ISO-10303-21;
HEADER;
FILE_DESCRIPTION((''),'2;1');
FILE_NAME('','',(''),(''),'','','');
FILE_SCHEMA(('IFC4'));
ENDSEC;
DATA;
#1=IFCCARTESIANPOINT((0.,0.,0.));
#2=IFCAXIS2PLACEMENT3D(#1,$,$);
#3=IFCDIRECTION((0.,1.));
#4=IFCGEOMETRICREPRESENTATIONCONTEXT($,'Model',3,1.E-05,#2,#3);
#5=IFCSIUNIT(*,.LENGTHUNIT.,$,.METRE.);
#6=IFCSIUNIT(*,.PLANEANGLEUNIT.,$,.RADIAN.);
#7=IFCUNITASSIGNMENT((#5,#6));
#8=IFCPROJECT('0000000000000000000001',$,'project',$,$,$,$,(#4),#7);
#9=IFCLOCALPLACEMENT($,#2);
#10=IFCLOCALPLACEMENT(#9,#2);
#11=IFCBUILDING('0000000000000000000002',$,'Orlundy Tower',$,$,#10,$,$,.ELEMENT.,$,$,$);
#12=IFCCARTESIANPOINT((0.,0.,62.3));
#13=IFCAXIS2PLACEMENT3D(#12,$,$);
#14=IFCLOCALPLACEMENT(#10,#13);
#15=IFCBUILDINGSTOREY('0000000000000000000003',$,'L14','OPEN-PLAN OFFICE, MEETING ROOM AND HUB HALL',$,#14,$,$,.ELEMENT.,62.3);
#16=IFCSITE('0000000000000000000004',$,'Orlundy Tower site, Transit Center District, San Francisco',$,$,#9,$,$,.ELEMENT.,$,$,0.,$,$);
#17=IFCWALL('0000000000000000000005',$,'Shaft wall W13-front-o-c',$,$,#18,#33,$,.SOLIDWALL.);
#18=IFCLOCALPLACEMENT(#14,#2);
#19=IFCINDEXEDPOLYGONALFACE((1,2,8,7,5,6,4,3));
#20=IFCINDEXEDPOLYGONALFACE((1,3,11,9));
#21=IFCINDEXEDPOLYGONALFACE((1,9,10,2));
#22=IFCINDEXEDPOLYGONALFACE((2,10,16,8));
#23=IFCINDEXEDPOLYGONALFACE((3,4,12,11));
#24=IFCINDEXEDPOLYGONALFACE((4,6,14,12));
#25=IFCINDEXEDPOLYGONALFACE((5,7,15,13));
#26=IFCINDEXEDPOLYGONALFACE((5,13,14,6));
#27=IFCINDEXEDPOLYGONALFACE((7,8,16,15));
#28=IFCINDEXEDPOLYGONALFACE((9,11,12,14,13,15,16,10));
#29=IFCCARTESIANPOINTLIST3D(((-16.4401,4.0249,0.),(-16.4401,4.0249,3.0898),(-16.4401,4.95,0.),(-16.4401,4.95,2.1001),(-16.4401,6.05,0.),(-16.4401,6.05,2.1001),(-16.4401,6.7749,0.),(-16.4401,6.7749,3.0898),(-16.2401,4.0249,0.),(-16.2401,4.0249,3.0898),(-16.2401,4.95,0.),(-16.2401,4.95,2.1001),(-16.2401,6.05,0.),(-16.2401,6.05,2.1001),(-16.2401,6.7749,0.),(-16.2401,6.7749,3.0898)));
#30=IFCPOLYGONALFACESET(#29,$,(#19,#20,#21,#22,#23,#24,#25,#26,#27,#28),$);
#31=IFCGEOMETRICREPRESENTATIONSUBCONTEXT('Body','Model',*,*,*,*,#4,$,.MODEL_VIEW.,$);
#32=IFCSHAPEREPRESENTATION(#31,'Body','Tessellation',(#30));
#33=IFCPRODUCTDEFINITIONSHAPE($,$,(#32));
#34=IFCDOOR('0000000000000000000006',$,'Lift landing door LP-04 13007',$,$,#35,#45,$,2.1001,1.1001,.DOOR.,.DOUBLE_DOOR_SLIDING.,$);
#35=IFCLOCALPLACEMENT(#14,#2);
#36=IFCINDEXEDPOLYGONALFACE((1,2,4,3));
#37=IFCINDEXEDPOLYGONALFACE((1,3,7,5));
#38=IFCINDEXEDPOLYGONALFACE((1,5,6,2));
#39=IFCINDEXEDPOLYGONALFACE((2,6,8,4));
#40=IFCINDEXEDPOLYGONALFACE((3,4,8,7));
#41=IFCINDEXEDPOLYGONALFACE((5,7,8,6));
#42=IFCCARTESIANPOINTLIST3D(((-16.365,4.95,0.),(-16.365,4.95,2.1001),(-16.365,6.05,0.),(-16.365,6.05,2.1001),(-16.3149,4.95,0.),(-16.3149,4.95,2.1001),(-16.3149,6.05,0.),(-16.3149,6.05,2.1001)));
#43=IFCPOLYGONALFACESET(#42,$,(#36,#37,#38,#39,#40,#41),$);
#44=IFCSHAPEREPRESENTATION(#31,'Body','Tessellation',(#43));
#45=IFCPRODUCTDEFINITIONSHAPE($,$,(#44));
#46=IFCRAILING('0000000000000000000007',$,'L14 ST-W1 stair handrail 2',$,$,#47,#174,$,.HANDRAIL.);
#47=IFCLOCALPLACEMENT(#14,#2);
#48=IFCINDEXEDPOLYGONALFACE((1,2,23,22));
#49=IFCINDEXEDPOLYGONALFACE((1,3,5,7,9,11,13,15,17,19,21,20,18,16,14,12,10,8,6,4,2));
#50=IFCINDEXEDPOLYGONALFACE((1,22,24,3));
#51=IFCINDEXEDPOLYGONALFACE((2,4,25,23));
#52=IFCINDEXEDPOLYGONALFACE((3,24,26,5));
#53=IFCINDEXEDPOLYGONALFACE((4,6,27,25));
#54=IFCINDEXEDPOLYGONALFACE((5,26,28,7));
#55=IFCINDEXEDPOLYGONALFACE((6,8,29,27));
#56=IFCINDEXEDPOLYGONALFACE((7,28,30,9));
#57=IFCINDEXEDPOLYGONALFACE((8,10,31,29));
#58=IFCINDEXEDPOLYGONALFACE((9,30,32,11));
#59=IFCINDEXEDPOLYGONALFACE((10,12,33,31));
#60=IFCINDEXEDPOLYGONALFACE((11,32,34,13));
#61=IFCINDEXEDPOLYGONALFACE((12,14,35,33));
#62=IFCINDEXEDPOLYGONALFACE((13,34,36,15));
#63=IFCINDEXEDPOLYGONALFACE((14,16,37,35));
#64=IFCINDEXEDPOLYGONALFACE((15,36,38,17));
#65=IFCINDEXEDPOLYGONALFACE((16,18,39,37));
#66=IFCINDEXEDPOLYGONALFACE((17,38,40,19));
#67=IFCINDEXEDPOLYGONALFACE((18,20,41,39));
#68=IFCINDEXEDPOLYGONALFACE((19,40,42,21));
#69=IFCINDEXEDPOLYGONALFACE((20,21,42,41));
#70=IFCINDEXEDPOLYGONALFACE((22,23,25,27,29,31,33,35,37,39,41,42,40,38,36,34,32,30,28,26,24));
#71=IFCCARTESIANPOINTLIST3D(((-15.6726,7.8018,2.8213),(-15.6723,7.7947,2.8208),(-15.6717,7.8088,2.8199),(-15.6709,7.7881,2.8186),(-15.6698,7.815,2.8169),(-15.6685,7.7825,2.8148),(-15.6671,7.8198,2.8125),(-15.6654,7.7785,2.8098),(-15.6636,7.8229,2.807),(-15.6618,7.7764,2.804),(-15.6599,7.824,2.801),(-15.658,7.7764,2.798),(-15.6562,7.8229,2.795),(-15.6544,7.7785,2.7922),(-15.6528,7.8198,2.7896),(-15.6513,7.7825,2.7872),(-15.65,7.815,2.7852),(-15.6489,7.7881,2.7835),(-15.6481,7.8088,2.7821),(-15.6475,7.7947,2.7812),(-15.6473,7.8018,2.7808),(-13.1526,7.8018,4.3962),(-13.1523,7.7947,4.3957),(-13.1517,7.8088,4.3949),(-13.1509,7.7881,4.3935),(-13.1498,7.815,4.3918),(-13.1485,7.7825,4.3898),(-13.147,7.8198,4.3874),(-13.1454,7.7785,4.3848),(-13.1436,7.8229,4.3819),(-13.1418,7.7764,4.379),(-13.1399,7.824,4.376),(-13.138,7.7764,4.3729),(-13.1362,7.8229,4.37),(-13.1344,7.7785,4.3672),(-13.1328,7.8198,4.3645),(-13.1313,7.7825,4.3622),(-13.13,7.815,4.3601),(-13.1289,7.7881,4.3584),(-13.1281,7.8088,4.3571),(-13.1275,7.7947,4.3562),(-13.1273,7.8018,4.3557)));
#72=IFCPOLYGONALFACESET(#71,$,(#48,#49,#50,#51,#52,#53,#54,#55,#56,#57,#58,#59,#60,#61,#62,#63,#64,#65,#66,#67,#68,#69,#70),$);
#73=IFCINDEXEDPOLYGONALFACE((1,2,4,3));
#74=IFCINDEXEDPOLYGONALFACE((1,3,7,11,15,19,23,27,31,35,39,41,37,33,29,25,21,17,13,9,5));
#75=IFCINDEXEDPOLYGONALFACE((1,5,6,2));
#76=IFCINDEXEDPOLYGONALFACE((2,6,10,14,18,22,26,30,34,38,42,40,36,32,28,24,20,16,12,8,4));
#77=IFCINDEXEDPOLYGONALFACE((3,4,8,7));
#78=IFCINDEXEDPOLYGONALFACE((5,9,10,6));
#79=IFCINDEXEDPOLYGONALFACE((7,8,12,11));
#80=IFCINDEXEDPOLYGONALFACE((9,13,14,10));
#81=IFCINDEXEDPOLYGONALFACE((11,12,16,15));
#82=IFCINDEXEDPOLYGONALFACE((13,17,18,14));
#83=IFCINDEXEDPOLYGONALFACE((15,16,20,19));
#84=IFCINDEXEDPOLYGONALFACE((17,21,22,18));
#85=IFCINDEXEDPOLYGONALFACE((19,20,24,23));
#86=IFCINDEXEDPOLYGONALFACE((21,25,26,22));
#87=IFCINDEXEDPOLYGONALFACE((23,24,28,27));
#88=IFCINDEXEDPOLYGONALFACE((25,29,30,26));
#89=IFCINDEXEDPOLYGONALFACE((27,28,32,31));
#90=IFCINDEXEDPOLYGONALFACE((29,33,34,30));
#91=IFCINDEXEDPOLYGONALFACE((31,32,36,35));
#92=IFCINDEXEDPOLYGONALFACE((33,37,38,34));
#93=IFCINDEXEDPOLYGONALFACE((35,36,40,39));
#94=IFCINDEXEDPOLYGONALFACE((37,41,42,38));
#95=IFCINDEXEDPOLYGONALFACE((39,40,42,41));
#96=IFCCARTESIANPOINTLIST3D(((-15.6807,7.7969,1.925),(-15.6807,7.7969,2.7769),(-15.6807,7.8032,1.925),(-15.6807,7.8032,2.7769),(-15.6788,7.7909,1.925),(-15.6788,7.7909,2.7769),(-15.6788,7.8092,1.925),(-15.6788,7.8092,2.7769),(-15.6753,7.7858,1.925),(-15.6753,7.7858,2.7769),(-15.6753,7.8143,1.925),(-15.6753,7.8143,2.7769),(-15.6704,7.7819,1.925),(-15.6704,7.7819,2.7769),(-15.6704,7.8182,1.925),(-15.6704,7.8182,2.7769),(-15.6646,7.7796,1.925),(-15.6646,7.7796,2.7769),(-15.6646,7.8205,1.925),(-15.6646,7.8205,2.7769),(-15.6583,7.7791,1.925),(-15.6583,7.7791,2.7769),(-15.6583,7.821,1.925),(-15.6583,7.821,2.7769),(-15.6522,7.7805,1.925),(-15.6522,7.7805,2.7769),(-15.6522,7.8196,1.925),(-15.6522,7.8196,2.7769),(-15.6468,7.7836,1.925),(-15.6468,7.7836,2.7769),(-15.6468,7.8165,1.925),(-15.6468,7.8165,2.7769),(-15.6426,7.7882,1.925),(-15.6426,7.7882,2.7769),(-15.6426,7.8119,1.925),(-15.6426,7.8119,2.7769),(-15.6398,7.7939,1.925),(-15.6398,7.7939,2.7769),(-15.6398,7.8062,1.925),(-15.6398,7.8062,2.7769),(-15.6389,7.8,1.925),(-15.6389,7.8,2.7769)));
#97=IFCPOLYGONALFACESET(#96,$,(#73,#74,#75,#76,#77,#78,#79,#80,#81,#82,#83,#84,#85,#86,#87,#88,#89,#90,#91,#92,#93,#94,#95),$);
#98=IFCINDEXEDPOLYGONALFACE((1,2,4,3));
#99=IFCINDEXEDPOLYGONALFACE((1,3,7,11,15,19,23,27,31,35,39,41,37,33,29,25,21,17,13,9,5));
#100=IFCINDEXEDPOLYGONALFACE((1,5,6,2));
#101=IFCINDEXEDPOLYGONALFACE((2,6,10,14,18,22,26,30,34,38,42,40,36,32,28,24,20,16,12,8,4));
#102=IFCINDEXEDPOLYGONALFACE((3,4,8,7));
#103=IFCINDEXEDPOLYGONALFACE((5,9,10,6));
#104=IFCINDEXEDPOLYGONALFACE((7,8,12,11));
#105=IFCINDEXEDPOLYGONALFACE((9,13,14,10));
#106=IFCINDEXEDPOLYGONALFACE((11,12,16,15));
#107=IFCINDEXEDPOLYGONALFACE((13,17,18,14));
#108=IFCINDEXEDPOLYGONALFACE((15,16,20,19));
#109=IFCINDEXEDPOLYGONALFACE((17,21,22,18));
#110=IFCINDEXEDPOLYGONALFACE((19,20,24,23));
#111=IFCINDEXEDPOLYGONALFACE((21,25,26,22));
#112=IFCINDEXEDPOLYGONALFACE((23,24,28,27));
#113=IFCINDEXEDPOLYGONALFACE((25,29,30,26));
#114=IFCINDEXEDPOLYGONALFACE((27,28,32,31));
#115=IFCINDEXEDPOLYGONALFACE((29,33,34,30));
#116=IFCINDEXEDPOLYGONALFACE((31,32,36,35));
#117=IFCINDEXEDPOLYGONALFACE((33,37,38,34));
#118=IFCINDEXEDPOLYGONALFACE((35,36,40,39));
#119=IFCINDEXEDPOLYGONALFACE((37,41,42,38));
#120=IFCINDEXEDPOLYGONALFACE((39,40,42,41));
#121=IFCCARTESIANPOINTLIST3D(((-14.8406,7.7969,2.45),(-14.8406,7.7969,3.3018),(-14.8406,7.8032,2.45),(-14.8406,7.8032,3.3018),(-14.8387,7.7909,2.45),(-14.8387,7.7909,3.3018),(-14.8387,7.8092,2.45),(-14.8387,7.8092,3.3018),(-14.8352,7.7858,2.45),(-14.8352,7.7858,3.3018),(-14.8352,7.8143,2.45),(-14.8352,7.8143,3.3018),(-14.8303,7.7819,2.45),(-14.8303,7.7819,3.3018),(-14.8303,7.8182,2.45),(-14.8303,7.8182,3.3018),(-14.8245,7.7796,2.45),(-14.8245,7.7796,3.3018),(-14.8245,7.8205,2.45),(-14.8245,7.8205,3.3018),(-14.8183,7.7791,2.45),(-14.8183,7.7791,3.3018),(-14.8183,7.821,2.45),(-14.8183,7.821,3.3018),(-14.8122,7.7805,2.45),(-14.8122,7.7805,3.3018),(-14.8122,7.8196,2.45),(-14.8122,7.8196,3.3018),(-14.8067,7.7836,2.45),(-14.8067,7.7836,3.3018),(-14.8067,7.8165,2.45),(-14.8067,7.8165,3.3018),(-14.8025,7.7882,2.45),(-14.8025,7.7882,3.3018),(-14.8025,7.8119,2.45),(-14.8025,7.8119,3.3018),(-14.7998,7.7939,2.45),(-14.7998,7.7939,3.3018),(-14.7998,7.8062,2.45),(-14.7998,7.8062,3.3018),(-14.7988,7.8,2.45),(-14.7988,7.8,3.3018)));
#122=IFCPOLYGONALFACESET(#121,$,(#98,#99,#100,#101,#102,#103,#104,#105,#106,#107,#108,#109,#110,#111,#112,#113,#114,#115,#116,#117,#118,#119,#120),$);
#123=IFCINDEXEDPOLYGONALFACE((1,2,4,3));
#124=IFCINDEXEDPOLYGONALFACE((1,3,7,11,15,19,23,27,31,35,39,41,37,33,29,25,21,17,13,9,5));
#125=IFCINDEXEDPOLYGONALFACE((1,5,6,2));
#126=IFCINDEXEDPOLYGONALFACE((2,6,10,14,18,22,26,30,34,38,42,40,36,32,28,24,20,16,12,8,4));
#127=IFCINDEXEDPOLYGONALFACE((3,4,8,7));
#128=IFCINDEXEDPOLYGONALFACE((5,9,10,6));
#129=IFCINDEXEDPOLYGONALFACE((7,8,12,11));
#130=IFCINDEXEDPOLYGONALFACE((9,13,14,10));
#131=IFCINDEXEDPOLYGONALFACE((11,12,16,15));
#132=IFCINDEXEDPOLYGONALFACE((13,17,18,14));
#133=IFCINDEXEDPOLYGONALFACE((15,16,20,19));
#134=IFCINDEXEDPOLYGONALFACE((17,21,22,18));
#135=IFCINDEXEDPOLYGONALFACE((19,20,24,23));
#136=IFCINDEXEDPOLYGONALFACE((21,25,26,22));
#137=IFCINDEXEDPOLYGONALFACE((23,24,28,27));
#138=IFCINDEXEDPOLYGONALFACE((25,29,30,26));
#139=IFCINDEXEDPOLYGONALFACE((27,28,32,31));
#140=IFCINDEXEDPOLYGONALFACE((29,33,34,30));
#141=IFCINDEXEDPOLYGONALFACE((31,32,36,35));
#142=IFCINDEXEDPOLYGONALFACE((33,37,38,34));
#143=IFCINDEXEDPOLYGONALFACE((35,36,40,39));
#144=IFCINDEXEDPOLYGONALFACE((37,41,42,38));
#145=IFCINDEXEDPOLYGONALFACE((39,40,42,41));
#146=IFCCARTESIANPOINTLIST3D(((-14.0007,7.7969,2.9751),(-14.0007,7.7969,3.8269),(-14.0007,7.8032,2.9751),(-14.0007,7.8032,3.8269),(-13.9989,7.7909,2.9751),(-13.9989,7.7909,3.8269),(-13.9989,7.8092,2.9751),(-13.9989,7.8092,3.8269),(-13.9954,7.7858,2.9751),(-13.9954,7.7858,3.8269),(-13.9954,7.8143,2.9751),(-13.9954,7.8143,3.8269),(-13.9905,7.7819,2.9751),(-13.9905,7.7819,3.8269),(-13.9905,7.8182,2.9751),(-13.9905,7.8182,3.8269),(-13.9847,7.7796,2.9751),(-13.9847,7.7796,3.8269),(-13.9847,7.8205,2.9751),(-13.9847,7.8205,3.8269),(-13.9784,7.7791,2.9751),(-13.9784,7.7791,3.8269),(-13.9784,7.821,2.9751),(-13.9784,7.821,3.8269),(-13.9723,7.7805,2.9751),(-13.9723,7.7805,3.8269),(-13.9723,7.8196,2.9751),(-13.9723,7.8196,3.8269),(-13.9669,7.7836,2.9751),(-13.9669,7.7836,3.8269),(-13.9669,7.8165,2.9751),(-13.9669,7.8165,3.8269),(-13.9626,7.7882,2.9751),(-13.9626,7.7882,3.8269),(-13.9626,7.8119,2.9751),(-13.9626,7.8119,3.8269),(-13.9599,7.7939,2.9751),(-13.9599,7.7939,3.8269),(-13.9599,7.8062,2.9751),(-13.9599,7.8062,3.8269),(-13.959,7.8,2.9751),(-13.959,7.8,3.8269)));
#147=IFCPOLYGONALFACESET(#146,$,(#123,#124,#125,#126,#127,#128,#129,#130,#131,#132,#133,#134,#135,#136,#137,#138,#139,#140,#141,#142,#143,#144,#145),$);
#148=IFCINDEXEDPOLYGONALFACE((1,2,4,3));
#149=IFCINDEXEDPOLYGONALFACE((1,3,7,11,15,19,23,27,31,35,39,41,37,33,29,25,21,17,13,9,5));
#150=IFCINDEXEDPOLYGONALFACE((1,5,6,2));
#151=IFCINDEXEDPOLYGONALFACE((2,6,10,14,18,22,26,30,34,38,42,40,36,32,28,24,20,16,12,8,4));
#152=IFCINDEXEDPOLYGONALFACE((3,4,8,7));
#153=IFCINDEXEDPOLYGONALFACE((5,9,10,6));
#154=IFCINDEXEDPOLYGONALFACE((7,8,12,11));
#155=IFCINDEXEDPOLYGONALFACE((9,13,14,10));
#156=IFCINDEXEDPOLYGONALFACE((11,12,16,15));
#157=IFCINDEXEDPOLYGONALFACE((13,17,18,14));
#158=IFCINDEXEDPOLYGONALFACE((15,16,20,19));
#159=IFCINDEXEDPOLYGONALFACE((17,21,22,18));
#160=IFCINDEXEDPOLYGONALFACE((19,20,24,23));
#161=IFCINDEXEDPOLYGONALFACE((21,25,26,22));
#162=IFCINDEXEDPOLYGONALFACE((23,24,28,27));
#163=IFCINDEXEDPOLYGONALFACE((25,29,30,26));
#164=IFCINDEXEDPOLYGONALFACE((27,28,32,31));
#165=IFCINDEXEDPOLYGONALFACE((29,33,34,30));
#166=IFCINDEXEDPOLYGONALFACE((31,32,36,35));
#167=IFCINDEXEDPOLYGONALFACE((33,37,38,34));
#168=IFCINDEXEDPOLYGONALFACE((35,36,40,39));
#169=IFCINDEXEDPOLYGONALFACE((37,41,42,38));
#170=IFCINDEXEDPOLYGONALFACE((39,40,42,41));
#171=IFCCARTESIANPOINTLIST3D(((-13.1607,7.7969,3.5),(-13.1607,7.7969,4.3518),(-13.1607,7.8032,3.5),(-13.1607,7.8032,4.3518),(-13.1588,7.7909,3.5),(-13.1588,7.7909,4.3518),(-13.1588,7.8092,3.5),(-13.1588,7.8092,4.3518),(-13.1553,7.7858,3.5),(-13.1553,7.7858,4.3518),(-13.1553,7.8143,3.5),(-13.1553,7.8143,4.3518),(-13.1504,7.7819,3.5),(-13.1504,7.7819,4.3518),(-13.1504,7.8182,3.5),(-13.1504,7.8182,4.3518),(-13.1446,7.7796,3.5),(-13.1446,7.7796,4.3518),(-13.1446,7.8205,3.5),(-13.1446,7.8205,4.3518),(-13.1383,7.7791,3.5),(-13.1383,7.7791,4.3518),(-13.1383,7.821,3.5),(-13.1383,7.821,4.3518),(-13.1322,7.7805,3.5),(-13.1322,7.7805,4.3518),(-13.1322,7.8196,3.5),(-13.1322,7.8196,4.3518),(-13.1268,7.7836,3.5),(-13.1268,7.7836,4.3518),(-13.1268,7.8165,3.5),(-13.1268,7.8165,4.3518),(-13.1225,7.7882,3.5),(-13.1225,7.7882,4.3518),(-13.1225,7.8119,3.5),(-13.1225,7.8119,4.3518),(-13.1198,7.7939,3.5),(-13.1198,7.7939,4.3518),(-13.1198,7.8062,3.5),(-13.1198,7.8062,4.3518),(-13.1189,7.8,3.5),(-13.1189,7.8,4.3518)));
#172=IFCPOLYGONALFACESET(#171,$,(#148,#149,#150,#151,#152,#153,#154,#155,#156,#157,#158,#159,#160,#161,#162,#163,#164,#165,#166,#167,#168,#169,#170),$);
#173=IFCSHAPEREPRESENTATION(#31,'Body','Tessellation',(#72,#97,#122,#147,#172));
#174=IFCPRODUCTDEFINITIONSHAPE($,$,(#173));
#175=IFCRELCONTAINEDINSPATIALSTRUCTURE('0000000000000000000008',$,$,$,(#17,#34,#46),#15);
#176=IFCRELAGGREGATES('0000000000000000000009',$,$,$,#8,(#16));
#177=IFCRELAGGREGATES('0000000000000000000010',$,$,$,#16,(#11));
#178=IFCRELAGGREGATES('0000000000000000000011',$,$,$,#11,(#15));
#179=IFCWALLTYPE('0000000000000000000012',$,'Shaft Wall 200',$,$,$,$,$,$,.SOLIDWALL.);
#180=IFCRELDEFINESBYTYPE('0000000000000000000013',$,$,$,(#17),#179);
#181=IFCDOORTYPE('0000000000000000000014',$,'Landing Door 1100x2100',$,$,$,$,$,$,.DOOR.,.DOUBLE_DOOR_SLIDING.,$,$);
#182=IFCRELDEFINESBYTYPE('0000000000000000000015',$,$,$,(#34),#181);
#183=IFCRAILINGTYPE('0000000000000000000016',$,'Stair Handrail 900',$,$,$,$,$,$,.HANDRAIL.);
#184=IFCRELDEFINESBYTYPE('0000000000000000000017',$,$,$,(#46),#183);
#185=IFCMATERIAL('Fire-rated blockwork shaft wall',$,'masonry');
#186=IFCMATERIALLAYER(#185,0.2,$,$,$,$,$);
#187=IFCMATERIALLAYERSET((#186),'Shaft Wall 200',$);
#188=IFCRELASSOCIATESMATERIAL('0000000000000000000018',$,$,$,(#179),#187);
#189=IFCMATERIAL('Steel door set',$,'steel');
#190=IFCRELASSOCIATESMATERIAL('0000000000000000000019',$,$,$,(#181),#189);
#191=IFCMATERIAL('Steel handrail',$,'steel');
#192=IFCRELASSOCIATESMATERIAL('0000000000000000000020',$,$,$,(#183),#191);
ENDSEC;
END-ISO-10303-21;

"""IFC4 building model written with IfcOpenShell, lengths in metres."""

from ifc_helpers import new_model, si_unit, direction, frame, frame_2d, origin, origin_2d, place, context, subcontext, project, spatial, rectangle, circle, extrude, material, layer, layer_set, type_object, element, fill, save


model = new_model("IFC4")

# Units and contexts
model_context = context("Model", 3, precision=1e-05, world=origin(), true_north=direction((0.0, 1.0)))
body_context = subcontext(model_context, "Body", "Model", "MODEL_VIEW")
ifc_project = project(units=[si_unit("LENGTHUNIT", "METRE"), si_unit("PLANEANGLEUNIT", "RADIAN")], contexts=[model_context])

# Site, building, storey
site_placement = place(None, origin())
site = spatial("IfcSite", under=ifc_project, at=site_placement, Name="Orlundy Tower site, Transit Center District, San Francisco", CompositionType="ELEMENT", RefElevation=0.0)
building_placement = place(site_placement, origin())
building = spatial("IfcBuilding", under=site, at=building_placement, Name="Orlundy Tower", CompositionType="ELEMENT")
storey_placement = place(building_placement, frame((0.0, 0.0, 62.3)))
storey = spatial("IfcBuildingStorey", under=building, at=storey_placement, Name="L14", Description="OPEN-PLAN OFFICE, MEETING ROOM AND HUB HALL", CompositionType="ELEMENT", Elevation=62.3)

# Wall, opening, door
ifc_material_1 = material(Name="Fire-rated blockwork shaft wall", Category="masonry")
ifc_layer_1 = layer(ifc_material_1, 0.2)
ifc_layer_set_1 = layer_set([ifc_layer_1], Name="Shaft Wall 200")
wall_type_1 = type_object("IfcWallType", Name="Shaft Wall 200", PredefinedType="SOLIDWALL", material=ifc_layer_set_1)
wall_1_placement = place(storey_placement, frame((-16.3401, 4.0249, 0.0), z_axis=(0.0, 0.0, 1.0), x_axis=(0.0, 1.0, 0.0)))
wall_1 = element("IfcWall", 1, at=wall_1_placement, inside=storey, type_object=wall_type_1, Name="Shaft wall W13-front-o-c", PredefinedType="SOLIDWALL", context=body_context, shape_type="SweptSolid", body=[
    extrude(rectangle(XDim=2.75, YDim=0.2, at=frame_2d((1.375, 0.0))), origin(), (0.0, 0.0, 1.0), 3.0898),
])
opening_1_placement = place(wall_1_placement, frame((0.925, 0.0, 0.0)))
opening_1 = element("IfcOpeningElement", 2, at=opening_1_placement, cuts=wall_1, PredefinedType="OPENING", context=body_context, shape_type="SweptSolid", body=[
    extrude(rectangle(XDim=1.1001, YDim=2.1001, at=frame_2d((0.55, 1.05))), frame((0.0, 0.1101, 0.0), z_axis=(0.0, -1.0, 0.0), x_axis=(1.0, 0.0, 0.0)), (0.0, 0.0, 1.0), 0.2202),
])
ifc_material_2 = material(Name="Steel door set", Category="steel")
door_type_1 = type_object("IfcDoorType", Name="Landing Door 1100x2100", OperationType="DOUBLE_DOOR_SLIDING", PredefinedType="DOOR", material=ifc_material_2)
door_1_placement = place(opening_1_placement, origin())
door_1 = element("IfcDoor", 3, at=door_1_placement, inside=storey, type_object=door_type_1, Name="Lift landing door LP-04 13007", OperationType="DOUBLE_DOOR_SLIDING", OverallHeight=2.1001, OverallWidth=1.1001, PredefinedType="DOOR", context=body_context, shape_type="SweptSolid", body=[
    extrude(rectangle(XDim=1.1001, YDim=2.1001, at=frame_2d((0.55, 1.05))), frame((0.0, 0.0249, 0.0), z_axis=(0.0, -1.0, 0.0), x_axis=(1.0, 0.0, 0.0)), (0.0, 0.0, 1.0), 0.05),
])
fill(opening_1, door_1)

# Railing
ifc_material_3 = material(Name="Steel handrail", Category="steel")
railing_type = type_object("IfcRailingType", Name="Stair Handrail 900", PredefinedType="HANDRAIL", material=ifc_material_3)
railing_placement = place(storey_placement, frame((-15.6599, 7.8, 1.925)))
element("IfcRailing", 4, at=railing_placement, inside=storey, type_object=railing_type, Name="L14 ST-W1 stair handrail 2", PredefinedType="HANDRAIL", context=body_context, shape_type="SweptSolid", body=[
    extrude(circle(Radius=0.0239, at=origin_2d()), frame((0.0, 0.0, 0.876), z_axis=(0.848008, 0.0, 0.529984), x_axis=(0.0, 1.0, 0.0)), (0.0, 0.0, 1.0), 2.9717),
    extrude(circle(Radius=0.021, at=origin_2d()), origin(), (0.0, 0.0, 1.0), 0.8518),
    extrude(circle(Radius=0.021, at=origin_2d()), frame((0.8401, 0.0, 0.5249)), (0.0, 0.0, 1.0), 0.8518),
    extrude(circle(Radius=0.021, at=origin_2d()), frame((1.6799, 0.0, 1.05)), (0.0, 0.0, 1.0), 0.8518),
    extrude(circle(Radius=0.021, at=origin_2d()), frame((2.52, 0.0, 1.575)), (0.0, 0.0, 1.0), 0.8518),
])

save(model, "model.ifc")
